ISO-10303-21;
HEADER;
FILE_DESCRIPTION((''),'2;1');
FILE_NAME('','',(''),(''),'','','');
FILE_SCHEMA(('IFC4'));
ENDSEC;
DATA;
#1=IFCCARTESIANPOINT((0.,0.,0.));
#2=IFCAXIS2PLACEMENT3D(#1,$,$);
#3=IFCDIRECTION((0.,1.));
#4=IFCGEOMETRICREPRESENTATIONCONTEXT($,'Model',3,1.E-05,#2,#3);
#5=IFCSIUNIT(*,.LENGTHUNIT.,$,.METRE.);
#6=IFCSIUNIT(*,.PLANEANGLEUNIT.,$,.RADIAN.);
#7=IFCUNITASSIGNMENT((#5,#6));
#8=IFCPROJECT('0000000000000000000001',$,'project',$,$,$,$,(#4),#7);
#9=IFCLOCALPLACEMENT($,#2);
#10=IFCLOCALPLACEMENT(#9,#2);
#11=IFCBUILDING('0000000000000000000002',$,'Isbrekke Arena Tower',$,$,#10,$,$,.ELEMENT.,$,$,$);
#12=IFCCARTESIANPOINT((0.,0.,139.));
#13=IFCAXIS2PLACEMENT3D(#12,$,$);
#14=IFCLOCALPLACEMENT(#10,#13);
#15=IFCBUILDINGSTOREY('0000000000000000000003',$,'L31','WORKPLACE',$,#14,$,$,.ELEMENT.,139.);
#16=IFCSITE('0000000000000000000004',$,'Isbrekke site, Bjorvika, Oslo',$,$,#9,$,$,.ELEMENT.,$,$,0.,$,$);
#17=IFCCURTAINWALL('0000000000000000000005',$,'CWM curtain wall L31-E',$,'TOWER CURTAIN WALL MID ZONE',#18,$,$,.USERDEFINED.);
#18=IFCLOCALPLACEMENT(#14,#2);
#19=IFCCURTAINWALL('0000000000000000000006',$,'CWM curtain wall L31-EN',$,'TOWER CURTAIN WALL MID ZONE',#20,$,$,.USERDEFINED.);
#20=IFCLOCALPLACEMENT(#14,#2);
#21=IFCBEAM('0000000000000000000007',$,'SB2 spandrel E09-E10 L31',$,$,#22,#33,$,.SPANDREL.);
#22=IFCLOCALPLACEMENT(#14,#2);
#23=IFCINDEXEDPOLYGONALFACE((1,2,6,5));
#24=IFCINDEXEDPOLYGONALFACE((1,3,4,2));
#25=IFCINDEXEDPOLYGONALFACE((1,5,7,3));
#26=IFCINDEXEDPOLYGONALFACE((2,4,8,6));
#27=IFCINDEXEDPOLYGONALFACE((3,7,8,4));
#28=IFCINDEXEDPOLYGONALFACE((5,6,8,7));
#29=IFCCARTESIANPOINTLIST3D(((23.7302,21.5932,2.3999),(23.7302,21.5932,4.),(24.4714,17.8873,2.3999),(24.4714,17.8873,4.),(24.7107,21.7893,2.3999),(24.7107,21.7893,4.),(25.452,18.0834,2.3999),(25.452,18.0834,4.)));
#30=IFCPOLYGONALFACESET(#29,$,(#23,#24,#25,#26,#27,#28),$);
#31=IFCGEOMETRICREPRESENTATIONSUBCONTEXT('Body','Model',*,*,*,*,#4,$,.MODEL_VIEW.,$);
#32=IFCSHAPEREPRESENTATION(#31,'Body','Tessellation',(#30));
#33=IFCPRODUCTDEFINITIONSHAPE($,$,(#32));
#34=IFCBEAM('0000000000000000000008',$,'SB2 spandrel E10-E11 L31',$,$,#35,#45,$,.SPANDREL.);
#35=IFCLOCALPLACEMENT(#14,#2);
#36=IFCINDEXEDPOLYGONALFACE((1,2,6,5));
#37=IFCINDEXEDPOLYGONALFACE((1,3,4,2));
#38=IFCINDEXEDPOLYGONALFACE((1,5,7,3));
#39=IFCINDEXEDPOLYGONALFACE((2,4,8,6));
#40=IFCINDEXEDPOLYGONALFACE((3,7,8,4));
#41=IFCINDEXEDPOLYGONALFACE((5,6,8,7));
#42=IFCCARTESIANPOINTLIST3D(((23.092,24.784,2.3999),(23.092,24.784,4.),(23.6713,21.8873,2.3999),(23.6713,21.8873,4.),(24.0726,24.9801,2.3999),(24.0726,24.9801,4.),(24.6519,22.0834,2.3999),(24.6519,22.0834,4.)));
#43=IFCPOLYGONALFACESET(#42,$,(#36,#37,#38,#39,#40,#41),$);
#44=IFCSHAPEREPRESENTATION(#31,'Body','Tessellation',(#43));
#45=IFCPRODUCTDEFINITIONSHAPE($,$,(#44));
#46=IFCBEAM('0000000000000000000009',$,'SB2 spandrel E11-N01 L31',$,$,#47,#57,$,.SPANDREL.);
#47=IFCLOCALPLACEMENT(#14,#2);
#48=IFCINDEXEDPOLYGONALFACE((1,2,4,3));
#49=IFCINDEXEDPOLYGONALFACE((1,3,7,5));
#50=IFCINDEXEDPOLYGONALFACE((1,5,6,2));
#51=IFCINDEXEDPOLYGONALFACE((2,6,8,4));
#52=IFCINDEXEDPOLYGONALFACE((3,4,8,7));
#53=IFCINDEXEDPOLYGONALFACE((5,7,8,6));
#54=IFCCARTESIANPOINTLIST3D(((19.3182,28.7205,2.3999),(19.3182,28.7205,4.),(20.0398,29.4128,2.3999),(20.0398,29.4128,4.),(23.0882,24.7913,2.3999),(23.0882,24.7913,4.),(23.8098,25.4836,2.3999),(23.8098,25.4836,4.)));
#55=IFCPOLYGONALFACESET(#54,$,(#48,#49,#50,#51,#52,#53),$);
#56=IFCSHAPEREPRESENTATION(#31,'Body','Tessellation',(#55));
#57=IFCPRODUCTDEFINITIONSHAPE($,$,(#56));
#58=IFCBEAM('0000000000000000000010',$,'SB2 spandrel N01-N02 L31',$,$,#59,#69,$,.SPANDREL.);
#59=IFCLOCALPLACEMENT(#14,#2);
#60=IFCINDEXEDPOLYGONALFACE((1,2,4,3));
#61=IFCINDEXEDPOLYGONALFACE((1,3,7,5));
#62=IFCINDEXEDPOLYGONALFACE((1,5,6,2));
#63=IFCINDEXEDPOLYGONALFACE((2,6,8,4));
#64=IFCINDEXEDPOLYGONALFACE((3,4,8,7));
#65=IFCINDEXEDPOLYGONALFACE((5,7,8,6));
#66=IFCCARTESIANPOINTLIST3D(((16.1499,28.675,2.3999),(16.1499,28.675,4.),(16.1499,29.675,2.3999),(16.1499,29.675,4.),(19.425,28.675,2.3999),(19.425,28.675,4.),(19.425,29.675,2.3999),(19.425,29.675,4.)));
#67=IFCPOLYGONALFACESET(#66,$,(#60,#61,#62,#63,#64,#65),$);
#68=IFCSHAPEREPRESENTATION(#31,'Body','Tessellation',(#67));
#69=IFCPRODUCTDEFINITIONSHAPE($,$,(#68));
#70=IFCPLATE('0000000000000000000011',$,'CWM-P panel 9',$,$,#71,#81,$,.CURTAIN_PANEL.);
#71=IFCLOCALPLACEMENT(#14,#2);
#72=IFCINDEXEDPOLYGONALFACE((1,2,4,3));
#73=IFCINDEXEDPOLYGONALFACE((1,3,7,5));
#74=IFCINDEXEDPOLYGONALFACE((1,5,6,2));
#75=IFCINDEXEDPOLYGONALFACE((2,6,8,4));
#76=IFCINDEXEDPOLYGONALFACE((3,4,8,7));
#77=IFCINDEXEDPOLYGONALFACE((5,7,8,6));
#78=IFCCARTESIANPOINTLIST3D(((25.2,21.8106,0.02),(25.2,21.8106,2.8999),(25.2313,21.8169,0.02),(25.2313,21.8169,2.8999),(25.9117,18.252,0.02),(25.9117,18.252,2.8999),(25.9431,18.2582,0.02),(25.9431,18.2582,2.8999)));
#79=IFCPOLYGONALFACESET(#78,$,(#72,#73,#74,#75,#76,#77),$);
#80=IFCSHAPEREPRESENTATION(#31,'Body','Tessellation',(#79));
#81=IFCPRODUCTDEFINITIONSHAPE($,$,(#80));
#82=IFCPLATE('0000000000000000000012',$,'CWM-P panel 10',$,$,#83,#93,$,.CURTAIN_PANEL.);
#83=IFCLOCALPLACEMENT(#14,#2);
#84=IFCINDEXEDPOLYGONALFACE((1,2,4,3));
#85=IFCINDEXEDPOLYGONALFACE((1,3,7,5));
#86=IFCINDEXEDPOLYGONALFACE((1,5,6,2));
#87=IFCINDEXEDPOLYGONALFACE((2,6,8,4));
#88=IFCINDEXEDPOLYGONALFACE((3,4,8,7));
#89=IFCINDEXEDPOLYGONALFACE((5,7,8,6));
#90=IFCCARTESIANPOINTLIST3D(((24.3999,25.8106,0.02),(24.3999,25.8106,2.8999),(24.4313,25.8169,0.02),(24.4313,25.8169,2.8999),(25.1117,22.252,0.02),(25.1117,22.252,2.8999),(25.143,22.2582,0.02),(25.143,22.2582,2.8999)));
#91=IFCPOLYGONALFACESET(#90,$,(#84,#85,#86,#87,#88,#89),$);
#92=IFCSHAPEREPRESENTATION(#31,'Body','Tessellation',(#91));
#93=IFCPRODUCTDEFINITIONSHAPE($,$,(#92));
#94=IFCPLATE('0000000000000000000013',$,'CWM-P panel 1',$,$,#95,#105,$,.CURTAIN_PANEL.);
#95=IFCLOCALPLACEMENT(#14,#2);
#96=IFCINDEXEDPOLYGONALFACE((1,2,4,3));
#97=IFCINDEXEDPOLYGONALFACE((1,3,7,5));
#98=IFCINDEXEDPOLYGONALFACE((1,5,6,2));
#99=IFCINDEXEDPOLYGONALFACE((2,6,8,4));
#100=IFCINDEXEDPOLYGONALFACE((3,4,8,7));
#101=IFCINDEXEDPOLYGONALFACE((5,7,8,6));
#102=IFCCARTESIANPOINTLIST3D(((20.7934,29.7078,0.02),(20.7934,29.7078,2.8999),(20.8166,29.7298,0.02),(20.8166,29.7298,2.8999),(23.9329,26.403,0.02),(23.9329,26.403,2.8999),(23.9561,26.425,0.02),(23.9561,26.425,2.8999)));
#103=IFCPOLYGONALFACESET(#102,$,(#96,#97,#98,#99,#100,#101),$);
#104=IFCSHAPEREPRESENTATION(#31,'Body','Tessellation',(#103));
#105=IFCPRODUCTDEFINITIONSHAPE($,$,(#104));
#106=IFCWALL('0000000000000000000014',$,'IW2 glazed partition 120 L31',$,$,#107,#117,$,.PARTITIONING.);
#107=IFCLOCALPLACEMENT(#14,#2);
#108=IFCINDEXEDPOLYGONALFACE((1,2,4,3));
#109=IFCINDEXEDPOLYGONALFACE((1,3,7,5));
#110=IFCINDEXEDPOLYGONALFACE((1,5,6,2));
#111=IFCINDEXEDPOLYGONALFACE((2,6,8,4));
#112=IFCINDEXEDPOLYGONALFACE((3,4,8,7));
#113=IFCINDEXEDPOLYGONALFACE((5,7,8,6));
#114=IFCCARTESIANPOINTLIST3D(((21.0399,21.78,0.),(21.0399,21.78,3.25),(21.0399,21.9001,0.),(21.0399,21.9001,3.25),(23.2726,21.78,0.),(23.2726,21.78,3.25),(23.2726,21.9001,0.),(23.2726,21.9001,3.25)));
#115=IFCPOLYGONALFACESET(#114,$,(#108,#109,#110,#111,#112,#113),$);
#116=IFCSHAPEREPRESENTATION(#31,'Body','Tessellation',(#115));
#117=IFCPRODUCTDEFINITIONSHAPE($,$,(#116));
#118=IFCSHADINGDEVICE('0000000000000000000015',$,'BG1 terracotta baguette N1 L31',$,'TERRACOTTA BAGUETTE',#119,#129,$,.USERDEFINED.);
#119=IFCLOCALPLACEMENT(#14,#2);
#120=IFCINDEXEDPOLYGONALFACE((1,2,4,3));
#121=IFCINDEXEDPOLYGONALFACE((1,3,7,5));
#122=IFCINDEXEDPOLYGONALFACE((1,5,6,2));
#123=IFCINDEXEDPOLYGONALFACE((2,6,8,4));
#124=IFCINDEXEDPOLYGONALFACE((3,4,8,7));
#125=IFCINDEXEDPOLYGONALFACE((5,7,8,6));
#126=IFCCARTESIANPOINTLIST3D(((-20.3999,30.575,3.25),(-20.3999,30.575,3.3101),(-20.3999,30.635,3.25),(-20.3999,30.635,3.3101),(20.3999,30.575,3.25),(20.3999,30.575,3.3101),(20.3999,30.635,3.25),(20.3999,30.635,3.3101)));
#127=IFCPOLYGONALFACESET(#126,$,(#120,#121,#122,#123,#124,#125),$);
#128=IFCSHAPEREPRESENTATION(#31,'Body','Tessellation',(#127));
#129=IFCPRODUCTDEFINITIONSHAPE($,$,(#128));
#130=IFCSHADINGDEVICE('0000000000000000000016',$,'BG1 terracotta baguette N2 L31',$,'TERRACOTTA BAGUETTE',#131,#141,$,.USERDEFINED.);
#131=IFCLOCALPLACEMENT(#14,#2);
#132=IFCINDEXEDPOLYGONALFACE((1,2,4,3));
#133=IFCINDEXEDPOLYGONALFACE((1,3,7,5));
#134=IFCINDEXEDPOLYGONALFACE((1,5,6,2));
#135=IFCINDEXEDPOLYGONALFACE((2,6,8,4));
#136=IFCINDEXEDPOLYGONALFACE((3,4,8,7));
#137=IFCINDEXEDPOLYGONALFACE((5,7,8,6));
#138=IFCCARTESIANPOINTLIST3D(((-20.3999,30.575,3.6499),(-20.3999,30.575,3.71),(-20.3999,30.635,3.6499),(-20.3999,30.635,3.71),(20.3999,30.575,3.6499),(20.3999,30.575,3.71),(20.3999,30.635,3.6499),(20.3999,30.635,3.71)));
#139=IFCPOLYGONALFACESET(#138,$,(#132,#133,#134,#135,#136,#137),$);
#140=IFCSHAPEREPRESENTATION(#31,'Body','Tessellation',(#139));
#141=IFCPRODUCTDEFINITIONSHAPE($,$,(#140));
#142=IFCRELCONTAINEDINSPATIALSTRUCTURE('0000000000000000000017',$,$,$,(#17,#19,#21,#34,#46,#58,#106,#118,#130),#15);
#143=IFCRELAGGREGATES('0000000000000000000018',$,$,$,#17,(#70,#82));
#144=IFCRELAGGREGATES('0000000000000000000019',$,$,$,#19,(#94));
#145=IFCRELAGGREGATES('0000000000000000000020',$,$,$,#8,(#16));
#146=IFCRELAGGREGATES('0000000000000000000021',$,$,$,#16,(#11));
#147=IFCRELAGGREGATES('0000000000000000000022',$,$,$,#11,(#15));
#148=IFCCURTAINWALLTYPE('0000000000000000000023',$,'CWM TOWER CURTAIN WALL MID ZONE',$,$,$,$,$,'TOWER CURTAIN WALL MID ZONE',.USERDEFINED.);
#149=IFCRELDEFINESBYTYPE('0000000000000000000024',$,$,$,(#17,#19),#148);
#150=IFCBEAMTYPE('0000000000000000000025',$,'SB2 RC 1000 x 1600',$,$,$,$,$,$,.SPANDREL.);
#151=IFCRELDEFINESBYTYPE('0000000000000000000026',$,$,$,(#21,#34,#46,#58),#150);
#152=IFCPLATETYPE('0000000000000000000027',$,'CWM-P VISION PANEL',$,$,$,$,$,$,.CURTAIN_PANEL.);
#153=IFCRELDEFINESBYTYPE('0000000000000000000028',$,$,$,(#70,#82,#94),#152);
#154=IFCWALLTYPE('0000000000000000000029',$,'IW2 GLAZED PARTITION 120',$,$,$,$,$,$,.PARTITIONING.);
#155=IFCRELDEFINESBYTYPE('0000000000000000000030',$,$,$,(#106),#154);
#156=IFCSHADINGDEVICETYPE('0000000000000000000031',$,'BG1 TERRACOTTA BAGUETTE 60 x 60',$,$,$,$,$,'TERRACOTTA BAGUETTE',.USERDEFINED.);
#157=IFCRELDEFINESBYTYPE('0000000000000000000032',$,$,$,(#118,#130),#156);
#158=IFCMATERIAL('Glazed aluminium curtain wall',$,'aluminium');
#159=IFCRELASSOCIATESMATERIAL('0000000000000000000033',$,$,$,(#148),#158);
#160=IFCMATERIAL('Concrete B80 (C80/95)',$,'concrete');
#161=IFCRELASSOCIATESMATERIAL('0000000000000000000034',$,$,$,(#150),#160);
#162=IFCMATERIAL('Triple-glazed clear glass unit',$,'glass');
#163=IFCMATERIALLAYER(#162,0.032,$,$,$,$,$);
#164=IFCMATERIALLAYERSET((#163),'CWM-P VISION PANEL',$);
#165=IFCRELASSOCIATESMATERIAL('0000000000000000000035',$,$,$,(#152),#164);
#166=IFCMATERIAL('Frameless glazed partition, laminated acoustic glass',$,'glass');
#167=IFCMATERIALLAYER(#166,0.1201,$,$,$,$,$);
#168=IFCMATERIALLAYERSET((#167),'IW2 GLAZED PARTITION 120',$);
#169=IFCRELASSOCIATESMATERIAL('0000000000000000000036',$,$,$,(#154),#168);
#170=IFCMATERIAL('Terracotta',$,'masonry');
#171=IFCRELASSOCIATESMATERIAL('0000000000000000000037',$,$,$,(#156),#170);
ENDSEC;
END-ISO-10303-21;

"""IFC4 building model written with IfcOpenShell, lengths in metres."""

from ifc_helpers import new_model, si_unit, direction, frame, frame_2d, origin, origin_2d, place, context, subcontext, project, spatial, rectangle, extrude, material, layer, layer_set, material_profile, profile_set, type_object, element, aggregate, save


model = new_model("IFC4")

# Units and contexts
model_context = context("Model", 3, precision=1e-05, world=origin(), true_north=direction((0.0, 1.0)))
body_context = subcontext(model_context, "Body", "Model", "MODEL_VIEW")
ifc_project = project(units=[si_unit("LENGTHUNIT", "METRE"), si_unit("PLANEANGLEUNIT", "RADIAN")], contexts=[model_context])

# Site, building, storey
site_placement = place(None, origin())
site = spatial("IfcSite", under=ifc_project, at=site_placement, Name="Isbrekke site, Bjorvika, Oslo", CompositionType="ELEMENT", RefElevation=0.0)
building_placement = place(site_placement, origin())
building = spatial("IfcBuilding", under=site, at=building_placement, Name="Isbrekke Arena Tower", CompositionType="ELEMENT")
storey_placement = place(building_placement, frame((0.0, 0.0, 139.0)))
storey = spatial("IfcBuildingStorey", under=building, at=storey_placement, Name="L31", Description="WORKPLACE", CompositionType="ELEMENT", Elevation=139.0)

# Curtain walls
ifc_material_1 = material(Name="Glazed aluminium curtain wall", Category="aluminium")
curtain_wall_type = type_object("IfcCurtainWallType", Name="CWM TOWER CURTAIN WALL MID ZONE", ElementType="TOWER CURTAIN WALL MID ZONE", PredefinedType="USERDEFINED", material=ifc_material_1)
curtain_wall_1_placement = place(storey_placement, origin())
curtain_wall_1 = element("IfcCurtainWall", 1, at=curtain_wall_1_placement, inside=storey, type_object=curtain_wall_type, Name="CWM curtain wall L31-E", ObjectType="TOWER CURTAIN WALL MID ZONE", PredefinedType="USERDEFINED")
curtain_wall_2_placement = place(storey_placement, origin())
curtain_wall_2 = element("IfcCurtainWall", 2, at=curtain_wall_2_placement, inside=storey, type_object=curtain_wall_type, Name="CWM curtain wall L31-EN", ObjectType="TOWER CURTAIN WALL MID ZONE", PredefinedType="USERDEFINED")

# Beams
ifc_material_2 = material(Name="Concrete B80 (C80/95)", Category="concrete")
ifc_material_profile_1 = material_profile(ifc_material_2, rectangle(XDim=1.0, YDim=1.6001, at=origin_2d()), Name="RC 1000x1600")
ifc_profile_set_1 = profile_set([ifc_material_profile_1], Name="Concrete B80 (C80/95)")
beam_type_1 = type_object("IfcBeamType", Name="SB2 RC 1000 x 1600", PredefinedType="SPANDREL", material=ifc_profile_set_1)
beam_1_placement = place(storey_placement, frame((24.9617, 17.9854, 3.2), z_axis=(-0.196129, 0.980578, 0.0), x_axis=(-0.980578, -0.196129, 0.0)))
element("IfcBeam", 3, at=beam_1_placement, inside=storey, type_object=beam_type_1, Name="SB2 spandrel E09-E10 L31", PredefinedType="SPANDREL", context=body_context, shape_type="SweptSolid", body=[
    extrude(rectangle(XDim=1.0, YDim=1.6001, at=origin_2d()), origin(), (0.0, 0.0, 1.0), 3.7793),
])
beam_2_placement = place(storey_placement, frame((24.1616, 21.9854, 3.2), z_axis=(-0.196116, 0.980581, 0.0), x_axis=(-0.980581, -0.196116, 0.0)))
element("IfcBeam", 4, at=beam_2_placement, inside=storey, type_object=beam_type_1, Name="SB2 spandrel E10-E11 L31", PredefinedType="SPANDREL", context=body_context, shape_type="SweptSolid", body=[
    extrude(rectangle(XDim=1.0, YDim=1.6001, at=origin_2d()), origin(), (0.0, 0.0, 1.0), 2.9541),
])
beam_3_placement = place(storey_placement, frame((23.449, 25.1375, 3.2), z_axis=(-0.69234, 0.721572, 0.0), x_axis=(-0.721572, -0.69234, 0.0)))
element("IfcBeam", 5, at=beam_3_placement, inside=storey, type_object=beam_type_1, Name="SB2 spandrel E11-N01 L31", PredefinedType="SPANDREL", context=body_context, shape_type="SweptSolid", body=[
    extrude(rectangle(XDim=1.0, YDim=1.6001, at=origin_2d()), origin(), (0.0, 0.0, 1.0), 5.4453),
])
beam_4_placement = place(storey_placement, frame((19.425, 29.175, 3.2), z_axis=(-1.0, 0.0, 0.0), x_axis=(0.0, -1.0, 0.0)))
element("IfcBeam", 6, at=beam_4_placement, inside=storey, type_object=beam_type_1, Name="SB2 spandrel N01-N02 L31", PredefinedType="SPANDREL", context=body_context, shape_type="SweptSolid", body=[
    extrude(rectangle(XDim=1.0, YDim=1.6001, at=origin_2d()), origin(), (0.0, 0.0, 1.0), 3.2751),
])

# Plates
ifc_material_3 = material(Name="Triple-glazed clear glass unit", Category="glass")
ifc_layer_1 = layer(ifc_material_3, 0.032)
ifc_layer_set_1 = layer_set([ifc_layer_1], Name="CWM-P VISION PANEL")
plate_type = type_object("IfcPlateType", Name="CWM-P VISION PANEL", PredefinedType="CURTAIN_PANEL", material=ifc_layer_set_1)
plate_1_placement = place(storey_placement, frame((25.5715, 20.0344, 0.02), z_axis=(0.0, 0.0, 1.0), x_axis=(-0.196116, 0.980581, 0.0)))
plate_1 = element("IfcPlate", 7, at=plate_1_placement, type_object=plate_type, Name="CWM-P panel 9", PredefinedType="CURTAIN_PANEL", context=body_context, shape_type="SweptSolid", body=[
    extrude(rectangle(XDim=3.6292, YDim=0.032, at=origin_2d()), origin(), (0.0, 0.0, 1.0), 2.8799),
])
plate_2_placement = place(storey_placement, frame((24.7715, 24.0344, 0.02), z_axis=(0.0, 0.0, 1.0), x_axis=(-0.196116, 0.980581, 0.0)))
plate_2 = element("IfcPlate", 8, at=plate_2_placement, type_object=plate_type, Name="CWM-P panel 10", PredefinedType="CURTAIN_PANEL", context=body_context, shape_type="SweptSolid", body=[
    extrude(rectangle(XDim=3.6292, YDim=0.032, at=origin_2d()), origin(), (0.0, 0.0, 1.0), 2.8799),
])
aggregate(curtain_wall_1, [plate_1, plate_2])
plate_3_placement = place(storey_placement, frame((22.3748, 28.0664, 0.02), z_axis=(0.0, 0.0, 1.0), x_axis=(-0.688749, 0.724999, 0.0)))
plate_3 = element("IfcPlate", 9, at=plate_3_placement, type_object=plate_type, Name="CWM-P panel 1", PredefinedType="CURTAIN_PANEL", context=body_context, shape_type="SweptSolid", body=[
    extrude(rectangle(XDim=4.5583, YDim=0.032, at=origin_2d()), origin(), (0.0, 0.0, 1.0), 2.8799),
])
aggregate(curtain_wall_2, [plate_3])

# Wall
ifc_material_4 = material(Name="Frameless glazed partition, laminated acoustic glass", Category="glass")
ifc_layer_2 = layer(ifc_material_4, 0.1201)
ifc_layer_set_2 = layer_set([ifc_layer_2], Name="IW2 GLAZED PARTITION 120")
wall_type = type_object("IfcWallType", Name="IW2 GLAZED PARTITION 120", PredefinedType="PARTITIONING", material=ifc_layer_set_2)
wall_placement = place(storey_placement, frame((21.04, 21.8401, 0.0), z_axis=(0.0, 0.0, 1.0), x_axis=(1.0, 0.0, 0.0)))
element("IfcWall", 10, at=wall_placement, inside=storey, type_object=wall_type, Name="IW2 glazed partition 120 L31", PredefinedType="PARTITIONING", context=body_context, shape_type="SweptSolid", body=[
    extrude(rectangle(XDim=2.2327, YDim=0.1201, at=frame_2d((1.1162, 0.0))), origin(), (0.0, 0.0, 1.0), 3.25),
])

# Shading devices
ifc_material_5 = material(Name="Terracotta", Category="masonry")
ifc_material_profile_2 = material_profile(ifc_material_5, rectangle(XDim=0.0601, YDim=0.0601, at=origin_2d()), Name="BAGUETTE 60X60")
ifc_profile_set_2 = profile_set([ifc_material_profile_2], Name="Terracotta")
shading_device_type = type_object("IfcShadingDeviceType", Name="BG1 TERRACOTTA BAGUETTE 60 x 60", ElementType="TERRACOTTA BAGUETTE", PredefinedType="USERDEFINED", material=ifc_profile_set_2)
for number, where, z_axis, x_axis, name in (
    (11, (20.3999, 30.605, 3.28), (-1.0, 0.0, 0.0), (0.0, -1.0, 0.0), "BG1 terracotta baguette N1 L31"),
    (12, (20.3999, 30.605, 3.6799), (-1.0, 0.0, 0.0), (0.0, -1.0, 0.0), "BG1 terracotta baguette N2 L31"),
):
    element("IfcShadingDevice", number, at=place(storey_placement, frame(where, z_axis=z_axis, x_axis=x_axis)), inside=storey, type_object=shading_device_type, Name=name, ObjectType="TERRACOTTA BAGUETTE", PredefinedType="USERDEFINED", context=body_context, shape_type="SweptSolid", body=[
        extrude(rectangle(XDim=0.0601, YDim=0.0601, at=origin_2d()), origin(), (0.0, 0.0, 1.0), 40.7998),
    ])

save(model, "model.ifc")
